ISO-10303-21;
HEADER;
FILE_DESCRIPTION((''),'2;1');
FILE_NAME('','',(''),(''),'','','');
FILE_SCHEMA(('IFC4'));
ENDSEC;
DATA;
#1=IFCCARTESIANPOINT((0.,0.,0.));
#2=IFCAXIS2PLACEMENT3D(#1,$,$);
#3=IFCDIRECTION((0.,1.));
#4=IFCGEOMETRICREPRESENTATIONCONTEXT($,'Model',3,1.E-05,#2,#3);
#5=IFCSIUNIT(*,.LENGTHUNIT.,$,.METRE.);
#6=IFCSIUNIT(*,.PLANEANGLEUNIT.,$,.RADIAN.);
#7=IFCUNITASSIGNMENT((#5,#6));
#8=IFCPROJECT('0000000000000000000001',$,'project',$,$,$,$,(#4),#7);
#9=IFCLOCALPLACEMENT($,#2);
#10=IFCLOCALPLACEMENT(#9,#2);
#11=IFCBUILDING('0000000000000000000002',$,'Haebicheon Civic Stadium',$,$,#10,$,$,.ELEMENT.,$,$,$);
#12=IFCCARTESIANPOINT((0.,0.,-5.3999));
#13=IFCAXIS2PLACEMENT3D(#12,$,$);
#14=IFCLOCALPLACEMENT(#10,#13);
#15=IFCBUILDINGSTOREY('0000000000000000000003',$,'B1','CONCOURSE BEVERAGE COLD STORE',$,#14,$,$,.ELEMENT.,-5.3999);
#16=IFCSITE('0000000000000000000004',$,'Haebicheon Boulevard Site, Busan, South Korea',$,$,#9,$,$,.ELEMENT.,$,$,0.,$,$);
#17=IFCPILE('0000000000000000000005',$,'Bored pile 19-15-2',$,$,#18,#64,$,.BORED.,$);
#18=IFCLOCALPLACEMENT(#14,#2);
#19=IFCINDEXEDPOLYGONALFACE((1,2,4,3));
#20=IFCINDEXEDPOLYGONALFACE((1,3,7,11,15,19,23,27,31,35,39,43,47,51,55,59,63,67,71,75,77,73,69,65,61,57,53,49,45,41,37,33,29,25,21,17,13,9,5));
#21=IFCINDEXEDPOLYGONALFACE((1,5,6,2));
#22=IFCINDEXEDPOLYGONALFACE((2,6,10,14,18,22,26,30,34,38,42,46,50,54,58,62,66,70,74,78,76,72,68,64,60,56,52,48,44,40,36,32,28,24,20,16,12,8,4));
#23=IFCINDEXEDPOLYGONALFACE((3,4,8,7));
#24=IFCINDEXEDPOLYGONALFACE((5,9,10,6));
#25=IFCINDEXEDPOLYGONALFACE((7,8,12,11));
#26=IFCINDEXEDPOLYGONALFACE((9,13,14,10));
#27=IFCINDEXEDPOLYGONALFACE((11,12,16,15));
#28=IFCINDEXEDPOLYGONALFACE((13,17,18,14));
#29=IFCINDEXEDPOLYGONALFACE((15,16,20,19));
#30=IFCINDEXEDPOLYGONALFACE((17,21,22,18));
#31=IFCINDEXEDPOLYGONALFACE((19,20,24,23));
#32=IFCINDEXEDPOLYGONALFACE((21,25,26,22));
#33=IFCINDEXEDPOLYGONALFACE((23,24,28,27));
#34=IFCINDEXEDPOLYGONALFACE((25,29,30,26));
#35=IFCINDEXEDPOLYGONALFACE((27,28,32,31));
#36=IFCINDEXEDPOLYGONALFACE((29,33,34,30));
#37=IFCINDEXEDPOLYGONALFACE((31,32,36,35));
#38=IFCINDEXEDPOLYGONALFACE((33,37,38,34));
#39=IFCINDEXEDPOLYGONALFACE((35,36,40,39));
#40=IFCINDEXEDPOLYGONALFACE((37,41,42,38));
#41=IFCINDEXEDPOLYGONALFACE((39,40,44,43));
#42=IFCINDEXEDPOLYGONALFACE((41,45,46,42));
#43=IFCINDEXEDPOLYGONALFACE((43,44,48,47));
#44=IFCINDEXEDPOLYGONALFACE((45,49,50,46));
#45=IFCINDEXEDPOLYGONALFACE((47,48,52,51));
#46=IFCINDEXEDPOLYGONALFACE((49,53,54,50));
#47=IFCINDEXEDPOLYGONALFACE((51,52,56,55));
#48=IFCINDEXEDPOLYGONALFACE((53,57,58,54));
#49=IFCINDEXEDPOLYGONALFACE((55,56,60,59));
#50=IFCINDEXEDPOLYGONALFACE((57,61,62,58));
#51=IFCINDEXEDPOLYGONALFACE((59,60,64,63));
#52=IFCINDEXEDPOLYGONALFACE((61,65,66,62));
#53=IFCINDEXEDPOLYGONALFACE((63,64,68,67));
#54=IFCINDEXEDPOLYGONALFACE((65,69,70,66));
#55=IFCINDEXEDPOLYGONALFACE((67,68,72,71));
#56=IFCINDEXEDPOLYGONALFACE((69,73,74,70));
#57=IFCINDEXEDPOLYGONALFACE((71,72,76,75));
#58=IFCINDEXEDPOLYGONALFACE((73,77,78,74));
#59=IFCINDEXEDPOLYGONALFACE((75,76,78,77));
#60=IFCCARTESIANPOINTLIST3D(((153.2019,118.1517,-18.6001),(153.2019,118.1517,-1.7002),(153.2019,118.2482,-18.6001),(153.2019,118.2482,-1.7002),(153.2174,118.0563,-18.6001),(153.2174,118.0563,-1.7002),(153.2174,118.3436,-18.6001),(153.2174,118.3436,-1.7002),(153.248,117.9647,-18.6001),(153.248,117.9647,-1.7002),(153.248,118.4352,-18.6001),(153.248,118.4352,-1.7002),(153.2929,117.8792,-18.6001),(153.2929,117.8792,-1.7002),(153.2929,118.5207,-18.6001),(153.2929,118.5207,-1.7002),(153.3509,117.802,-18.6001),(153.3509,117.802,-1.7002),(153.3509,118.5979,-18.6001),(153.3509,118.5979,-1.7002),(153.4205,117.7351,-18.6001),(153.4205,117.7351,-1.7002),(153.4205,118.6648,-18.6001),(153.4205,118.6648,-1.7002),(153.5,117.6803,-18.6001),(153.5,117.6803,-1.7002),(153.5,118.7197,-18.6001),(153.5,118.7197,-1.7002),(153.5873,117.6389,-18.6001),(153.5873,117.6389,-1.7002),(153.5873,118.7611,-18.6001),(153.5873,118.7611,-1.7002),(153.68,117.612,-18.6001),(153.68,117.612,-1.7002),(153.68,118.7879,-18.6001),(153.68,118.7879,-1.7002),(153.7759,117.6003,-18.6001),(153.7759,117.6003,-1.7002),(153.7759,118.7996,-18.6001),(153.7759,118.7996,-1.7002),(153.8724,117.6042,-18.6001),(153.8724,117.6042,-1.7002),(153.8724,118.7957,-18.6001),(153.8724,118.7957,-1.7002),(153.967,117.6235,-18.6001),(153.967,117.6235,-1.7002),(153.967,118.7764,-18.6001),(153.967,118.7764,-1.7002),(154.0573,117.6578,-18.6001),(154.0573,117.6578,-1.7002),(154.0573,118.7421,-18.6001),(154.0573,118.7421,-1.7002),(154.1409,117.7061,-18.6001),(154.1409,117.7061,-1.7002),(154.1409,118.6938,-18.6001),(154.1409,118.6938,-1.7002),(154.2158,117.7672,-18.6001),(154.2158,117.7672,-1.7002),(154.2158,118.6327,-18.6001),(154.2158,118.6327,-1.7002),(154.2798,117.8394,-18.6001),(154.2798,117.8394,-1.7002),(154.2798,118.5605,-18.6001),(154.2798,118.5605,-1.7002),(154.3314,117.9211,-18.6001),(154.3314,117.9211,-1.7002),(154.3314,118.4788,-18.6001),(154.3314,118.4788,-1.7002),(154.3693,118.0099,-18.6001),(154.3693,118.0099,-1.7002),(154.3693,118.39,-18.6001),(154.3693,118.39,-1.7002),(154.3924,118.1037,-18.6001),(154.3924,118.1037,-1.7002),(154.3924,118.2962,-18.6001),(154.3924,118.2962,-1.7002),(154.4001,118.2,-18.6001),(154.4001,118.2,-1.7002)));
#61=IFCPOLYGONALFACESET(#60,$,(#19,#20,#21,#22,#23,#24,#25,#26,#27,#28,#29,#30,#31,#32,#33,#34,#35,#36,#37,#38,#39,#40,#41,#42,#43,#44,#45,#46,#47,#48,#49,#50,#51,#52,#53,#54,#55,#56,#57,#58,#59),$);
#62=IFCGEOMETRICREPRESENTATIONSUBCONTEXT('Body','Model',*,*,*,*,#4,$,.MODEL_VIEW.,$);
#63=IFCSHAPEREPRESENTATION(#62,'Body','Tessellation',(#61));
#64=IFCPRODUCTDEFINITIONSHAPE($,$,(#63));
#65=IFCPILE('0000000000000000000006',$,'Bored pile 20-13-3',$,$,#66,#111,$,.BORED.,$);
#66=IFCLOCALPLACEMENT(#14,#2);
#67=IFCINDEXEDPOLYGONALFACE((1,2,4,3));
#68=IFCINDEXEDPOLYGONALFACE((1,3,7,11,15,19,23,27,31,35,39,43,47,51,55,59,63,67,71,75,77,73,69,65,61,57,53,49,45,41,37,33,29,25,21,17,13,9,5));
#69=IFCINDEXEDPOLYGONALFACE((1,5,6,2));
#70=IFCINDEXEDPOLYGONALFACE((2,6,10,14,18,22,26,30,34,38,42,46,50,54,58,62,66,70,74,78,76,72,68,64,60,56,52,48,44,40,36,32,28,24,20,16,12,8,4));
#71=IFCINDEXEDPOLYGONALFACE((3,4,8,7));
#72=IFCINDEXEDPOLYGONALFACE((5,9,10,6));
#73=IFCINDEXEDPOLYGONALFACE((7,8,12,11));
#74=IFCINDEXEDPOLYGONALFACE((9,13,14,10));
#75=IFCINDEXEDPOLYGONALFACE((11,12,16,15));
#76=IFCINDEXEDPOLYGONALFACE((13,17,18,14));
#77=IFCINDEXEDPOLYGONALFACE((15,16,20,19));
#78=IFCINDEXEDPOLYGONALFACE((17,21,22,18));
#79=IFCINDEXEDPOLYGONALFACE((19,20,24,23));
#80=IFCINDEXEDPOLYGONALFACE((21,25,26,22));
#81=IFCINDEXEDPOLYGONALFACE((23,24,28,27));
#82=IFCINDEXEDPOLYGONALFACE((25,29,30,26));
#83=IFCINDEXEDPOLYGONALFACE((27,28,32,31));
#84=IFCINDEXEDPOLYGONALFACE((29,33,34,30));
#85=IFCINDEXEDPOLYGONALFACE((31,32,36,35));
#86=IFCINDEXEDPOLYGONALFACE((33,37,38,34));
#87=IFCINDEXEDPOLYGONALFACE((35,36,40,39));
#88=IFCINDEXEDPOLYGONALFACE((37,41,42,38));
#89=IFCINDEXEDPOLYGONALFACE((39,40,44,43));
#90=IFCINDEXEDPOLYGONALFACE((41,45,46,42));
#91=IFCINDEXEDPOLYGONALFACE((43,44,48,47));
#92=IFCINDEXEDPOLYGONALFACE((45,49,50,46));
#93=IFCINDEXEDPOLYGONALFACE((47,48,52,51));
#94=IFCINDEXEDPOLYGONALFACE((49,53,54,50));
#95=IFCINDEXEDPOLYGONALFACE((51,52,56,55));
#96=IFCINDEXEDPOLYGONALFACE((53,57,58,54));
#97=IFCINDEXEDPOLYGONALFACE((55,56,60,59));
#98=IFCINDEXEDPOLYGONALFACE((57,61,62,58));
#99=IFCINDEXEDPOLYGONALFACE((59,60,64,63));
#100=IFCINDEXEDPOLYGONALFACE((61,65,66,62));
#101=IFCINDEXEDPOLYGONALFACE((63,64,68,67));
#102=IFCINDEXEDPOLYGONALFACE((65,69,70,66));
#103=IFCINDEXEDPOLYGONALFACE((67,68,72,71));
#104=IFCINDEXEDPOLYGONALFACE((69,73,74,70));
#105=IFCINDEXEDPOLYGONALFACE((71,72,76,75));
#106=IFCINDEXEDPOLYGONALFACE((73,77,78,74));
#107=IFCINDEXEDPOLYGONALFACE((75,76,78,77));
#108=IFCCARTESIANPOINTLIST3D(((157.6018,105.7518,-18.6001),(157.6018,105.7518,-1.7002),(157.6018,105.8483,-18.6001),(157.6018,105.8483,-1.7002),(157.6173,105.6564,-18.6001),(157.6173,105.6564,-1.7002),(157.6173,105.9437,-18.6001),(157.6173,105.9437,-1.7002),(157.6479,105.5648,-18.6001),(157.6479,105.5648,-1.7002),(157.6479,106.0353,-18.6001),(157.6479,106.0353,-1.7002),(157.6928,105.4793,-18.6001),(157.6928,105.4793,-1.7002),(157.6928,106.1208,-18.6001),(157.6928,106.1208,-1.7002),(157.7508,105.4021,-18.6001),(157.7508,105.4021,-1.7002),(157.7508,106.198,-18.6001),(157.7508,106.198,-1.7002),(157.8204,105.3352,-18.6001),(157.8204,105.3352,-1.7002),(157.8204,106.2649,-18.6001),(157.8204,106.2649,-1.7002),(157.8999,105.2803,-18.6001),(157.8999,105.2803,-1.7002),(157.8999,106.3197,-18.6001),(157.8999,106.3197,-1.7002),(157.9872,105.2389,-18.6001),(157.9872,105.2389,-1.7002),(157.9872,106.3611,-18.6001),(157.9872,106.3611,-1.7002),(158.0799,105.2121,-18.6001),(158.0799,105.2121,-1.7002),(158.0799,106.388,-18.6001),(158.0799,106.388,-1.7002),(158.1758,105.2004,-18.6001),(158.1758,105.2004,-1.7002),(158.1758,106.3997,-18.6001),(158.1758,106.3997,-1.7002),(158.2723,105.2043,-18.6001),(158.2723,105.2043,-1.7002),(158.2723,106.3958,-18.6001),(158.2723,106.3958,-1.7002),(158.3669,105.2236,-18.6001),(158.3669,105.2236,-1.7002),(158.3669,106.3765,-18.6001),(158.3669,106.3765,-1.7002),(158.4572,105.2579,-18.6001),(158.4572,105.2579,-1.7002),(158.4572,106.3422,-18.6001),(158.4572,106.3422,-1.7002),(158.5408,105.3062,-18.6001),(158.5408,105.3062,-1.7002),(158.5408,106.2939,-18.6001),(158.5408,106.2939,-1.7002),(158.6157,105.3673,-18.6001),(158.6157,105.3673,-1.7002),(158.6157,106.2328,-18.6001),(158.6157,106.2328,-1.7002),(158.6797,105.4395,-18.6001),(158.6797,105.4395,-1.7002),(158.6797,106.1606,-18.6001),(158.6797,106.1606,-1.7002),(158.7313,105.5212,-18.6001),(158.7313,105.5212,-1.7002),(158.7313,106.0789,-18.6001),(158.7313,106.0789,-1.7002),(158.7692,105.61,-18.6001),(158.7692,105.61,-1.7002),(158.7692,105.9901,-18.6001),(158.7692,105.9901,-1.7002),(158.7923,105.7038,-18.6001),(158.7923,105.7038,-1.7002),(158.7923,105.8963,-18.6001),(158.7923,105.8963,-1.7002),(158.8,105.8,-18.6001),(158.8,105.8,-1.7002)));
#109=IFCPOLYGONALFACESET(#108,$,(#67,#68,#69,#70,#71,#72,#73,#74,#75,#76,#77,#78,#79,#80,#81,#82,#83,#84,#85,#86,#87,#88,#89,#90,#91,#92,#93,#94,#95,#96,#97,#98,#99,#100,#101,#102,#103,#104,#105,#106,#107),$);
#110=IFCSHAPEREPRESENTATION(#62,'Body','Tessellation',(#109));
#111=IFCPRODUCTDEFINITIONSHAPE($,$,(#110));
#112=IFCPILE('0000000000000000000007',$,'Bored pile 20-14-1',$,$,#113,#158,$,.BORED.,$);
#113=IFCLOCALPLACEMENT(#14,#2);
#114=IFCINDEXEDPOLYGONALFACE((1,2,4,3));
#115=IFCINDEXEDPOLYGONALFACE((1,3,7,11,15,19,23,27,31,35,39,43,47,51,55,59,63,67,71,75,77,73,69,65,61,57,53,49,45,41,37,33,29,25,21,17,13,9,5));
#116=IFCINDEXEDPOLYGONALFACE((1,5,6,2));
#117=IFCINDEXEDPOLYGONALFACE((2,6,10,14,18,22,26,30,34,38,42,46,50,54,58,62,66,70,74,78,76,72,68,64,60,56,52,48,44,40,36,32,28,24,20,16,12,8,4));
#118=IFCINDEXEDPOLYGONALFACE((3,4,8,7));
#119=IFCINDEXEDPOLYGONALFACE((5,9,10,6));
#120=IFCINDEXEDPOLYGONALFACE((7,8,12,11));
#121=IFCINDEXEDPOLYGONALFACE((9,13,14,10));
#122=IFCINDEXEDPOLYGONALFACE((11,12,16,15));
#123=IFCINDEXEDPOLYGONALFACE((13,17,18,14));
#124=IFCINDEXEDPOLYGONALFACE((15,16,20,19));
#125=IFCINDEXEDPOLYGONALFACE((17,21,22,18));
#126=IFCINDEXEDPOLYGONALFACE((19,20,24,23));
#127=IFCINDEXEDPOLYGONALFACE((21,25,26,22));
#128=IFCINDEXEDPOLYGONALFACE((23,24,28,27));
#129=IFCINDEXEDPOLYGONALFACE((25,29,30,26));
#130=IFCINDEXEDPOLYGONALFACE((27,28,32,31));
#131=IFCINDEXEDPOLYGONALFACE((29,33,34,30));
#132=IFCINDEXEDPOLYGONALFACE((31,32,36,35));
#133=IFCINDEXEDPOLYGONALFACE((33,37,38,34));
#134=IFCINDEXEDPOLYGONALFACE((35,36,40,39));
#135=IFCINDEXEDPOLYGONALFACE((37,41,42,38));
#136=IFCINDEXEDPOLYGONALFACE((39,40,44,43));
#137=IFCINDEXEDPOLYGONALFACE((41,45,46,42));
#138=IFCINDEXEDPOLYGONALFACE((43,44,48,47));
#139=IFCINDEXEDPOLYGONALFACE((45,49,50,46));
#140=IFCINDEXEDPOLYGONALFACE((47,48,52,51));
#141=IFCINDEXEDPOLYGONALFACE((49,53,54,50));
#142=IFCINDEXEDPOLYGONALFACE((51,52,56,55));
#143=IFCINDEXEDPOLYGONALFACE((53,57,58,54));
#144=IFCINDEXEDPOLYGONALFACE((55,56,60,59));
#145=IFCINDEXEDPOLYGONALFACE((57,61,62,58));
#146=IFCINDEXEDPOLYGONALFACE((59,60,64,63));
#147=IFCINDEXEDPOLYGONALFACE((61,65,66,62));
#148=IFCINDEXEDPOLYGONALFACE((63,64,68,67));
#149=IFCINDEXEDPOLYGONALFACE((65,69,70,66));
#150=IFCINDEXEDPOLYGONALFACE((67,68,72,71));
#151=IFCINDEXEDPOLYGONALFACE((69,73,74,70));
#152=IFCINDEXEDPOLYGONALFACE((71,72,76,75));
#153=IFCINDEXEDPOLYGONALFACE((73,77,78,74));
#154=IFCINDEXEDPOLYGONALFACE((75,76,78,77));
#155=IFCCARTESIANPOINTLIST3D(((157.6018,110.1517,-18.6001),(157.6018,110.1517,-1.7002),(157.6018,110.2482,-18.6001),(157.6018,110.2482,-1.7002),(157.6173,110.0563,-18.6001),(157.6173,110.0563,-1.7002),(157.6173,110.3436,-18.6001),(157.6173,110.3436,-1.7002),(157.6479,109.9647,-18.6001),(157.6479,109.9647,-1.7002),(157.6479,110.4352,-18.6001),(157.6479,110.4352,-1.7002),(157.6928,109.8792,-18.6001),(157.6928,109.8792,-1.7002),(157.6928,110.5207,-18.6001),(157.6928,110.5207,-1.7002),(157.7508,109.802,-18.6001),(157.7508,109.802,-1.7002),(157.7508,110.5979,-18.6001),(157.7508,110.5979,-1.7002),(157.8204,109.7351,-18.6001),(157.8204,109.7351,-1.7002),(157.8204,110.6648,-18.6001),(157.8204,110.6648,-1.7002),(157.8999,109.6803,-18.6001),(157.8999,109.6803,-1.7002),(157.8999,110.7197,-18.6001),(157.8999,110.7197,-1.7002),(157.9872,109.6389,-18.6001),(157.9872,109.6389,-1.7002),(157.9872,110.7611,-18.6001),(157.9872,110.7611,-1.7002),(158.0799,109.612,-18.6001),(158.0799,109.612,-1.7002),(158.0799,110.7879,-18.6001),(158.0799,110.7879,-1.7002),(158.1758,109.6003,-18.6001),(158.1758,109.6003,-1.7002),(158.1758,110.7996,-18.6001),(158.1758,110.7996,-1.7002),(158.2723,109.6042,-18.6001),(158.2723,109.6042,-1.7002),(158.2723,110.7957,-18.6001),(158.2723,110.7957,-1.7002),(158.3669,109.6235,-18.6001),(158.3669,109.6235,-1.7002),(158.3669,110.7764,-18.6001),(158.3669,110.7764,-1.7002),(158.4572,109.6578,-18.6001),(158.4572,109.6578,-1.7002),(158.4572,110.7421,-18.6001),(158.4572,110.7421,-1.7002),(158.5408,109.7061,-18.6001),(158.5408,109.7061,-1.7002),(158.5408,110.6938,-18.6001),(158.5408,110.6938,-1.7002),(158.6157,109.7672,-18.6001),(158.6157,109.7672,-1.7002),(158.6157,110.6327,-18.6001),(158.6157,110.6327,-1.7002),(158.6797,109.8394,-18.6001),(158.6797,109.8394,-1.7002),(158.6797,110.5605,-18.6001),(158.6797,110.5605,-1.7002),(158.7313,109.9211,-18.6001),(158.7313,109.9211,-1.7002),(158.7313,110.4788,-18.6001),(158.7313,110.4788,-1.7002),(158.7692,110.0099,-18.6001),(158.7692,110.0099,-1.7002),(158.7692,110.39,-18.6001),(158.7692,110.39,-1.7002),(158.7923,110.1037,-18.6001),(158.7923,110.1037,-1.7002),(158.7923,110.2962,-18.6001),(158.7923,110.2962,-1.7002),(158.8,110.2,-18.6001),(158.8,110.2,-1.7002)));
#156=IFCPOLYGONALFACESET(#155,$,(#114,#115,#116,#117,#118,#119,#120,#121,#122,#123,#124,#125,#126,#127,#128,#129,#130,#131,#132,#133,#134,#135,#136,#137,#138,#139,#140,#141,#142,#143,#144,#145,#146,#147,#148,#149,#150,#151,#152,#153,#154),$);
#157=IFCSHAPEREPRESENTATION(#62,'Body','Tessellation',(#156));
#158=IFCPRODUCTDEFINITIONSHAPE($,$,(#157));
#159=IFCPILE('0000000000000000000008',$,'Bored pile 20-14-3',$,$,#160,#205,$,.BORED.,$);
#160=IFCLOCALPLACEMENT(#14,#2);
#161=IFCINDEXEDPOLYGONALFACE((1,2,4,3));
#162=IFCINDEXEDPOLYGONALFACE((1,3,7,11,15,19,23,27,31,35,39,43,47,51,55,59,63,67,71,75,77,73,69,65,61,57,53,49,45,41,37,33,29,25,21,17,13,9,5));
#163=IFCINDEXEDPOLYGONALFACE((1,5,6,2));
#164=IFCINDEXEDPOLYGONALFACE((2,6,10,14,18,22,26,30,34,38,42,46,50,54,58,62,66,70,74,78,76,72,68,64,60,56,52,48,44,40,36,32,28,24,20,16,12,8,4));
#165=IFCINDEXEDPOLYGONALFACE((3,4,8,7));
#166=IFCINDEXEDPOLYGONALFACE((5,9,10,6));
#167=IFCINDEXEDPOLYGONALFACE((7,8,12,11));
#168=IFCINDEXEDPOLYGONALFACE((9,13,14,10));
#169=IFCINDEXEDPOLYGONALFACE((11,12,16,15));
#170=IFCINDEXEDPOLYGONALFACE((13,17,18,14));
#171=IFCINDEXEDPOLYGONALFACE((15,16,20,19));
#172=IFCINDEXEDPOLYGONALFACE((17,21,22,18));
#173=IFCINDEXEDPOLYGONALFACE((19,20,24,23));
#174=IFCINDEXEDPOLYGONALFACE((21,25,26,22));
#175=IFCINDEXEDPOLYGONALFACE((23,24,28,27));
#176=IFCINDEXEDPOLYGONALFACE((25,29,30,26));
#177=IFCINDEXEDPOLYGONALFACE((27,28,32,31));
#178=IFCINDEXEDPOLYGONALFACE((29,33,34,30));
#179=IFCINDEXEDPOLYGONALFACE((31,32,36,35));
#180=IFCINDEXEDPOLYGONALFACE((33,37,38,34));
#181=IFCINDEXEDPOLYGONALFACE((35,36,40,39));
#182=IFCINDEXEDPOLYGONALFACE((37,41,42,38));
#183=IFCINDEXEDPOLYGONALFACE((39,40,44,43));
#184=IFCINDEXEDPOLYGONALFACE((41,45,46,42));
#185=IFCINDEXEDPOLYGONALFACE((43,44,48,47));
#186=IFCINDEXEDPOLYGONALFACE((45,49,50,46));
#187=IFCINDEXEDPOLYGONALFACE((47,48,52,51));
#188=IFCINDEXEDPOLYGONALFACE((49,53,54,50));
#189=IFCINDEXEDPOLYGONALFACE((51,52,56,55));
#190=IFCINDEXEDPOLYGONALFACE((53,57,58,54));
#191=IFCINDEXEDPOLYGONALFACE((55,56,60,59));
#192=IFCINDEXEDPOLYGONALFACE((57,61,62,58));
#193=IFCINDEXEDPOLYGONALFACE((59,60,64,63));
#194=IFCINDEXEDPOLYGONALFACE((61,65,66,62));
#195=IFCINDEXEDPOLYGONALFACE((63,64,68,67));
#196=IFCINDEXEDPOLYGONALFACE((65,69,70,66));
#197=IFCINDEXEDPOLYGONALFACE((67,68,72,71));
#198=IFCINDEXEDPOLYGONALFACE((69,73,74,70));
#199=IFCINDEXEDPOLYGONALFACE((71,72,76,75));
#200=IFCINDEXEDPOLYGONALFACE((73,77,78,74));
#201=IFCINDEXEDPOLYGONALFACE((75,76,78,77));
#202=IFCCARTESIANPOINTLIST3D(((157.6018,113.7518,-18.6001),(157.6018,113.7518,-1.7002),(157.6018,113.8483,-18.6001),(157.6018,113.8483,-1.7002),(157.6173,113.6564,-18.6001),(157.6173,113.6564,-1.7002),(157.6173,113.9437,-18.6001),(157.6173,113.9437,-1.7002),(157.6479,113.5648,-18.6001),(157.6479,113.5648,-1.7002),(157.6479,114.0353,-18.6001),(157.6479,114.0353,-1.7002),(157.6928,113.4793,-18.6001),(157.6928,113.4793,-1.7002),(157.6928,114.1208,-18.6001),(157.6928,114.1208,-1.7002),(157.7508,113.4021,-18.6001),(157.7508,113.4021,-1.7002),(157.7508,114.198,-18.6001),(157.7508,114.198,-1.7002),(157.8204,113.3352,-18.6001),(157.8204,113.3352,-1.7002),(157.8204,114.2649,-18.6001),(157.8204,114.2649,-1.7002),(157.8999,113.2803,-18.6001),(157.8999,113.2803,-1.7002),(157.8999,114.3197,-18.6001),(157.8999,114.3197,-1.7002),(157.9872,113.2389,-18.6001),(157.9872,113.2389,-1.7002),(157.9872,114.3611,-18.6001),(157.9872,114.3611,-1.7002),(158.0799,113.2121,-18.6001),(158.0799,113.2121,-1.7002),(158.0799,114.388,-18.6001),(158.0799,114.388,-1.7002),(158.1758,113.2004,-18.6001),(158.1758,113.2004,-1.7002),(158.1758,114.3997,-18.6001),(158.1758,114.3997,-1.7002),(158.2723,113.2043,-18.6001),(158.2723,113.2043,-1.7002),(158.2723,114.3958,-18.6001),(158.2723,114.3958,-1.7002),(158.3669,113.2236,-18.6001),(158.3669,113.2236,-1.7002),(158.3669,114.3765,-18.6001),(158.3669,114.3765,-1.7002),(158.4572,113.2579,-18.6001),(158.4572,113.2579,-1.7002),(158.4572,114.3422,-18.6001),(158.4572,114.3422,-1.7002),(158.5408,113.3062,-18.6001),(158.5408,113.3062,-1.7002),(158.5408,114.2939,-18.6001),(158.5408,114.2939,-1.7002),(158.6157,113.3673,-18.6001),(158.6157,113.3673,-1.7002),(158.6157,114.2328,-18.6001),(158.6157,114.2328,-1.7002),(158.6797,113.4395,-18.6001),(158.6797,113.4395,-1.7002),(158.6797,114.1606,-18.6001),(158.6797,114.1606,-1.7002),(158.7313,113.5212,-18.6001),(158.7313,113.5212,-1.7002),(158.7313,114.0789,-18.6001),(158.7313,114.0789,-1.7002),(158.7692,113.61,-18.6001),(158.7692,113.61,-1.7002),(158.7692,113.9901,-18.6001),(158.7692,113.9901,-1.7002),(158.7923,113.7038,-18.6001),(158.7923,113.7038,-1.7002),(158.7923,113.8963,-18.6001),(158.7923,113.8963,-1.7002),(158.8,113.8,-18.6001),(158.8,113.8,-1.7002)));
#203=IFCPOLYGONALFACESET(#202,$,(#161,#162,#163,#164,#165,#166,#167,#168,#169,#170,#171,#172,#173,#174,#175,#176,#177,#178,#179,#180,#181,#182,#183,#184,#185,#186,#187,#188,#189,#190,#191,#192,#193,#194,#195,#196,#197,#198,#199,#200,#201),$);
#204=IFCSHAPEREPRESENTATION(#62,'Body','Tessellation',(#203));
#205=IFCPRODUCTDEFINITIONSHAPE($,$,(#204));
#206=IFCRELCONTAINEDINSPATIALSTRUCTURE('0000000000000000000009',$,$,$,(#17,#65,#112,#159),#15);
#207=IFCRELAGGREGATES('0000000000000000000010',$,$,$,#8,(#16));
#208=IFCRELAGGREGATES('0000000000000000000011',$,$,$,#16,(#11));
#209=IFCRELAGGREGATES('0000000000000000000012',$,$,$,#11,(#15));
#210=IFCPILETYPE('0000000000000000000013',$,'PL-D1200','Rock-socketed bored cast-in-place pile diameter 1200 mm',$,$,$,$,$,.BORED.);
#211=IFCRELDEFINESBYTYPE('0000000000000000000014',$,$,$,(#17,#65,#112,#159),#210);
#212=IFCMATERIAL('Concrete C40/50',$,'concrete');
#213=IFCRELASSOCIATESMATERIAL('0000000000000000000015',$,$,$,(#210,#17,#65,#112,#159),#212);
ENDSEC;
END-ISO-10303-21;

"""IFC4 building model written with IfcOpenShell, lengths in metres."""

from ifc_helpers import new_model, si_unit, direction, frame, origin, origin_2d, place, context, subcontext, project, spatial, circle, extrude, material, material_profile, profile_set, type_object, element, save


model = new_model("IFC4")

# Units and contexts
model_context = context("Model", 3, precision=1e-05, world=origin(), true_north=direction((0.0, 1.0)))
body_context = subcontext(model_context, "Body", "Model", "MODEL_VIEW")
ifc_project = project(units=[si_unit("LENGTHUNIT", "METRE"), si_unit("PLANEANGLEUNIT", "RADIAN")], contexts=[model_context])

# Site, building, storey
site_placement = place(None, origin())
site = spatial("IfcSite", under=ifc_project, at=site_placement, Name="Haebicheon Boulevard Site, Busan, South Korea", CompositionType="ELEMENT", RefElevation=0.0)
building_placement = place(site_placement, origin())
building = spatial("IfcBuilding", under=site, at=building_placement, Name="Haebicheon Civic Stadium", CompositionType="ELEMENT")
storey_placement = place(building_placement, frame((0.0, 0.0, -5.3999)))
storey = spatial("IfcBuildingStorey", under=building, at=storey_placement, Name="B1", Description="CONCOURSE BEVERAGE COLD STORE", CompositionType="ELEMENT", Elevation=-5.3999)

# Piles
ifc_material_1 = material(Name="Concrete C40/50", Category="concrete")
ifc_material_profile_1 = material_profile(ifc_material_1, circle(Radius=0.6001, at=origin_2d()), Name="PILE-D1200")
ifc_profile_set_1 = profile_set([ifc_material_profile_1], Name="Concrete C40/50")
pile_type = type_object("IfcPileType", Name="PL-D1200", Description="Rock-socketed bored cast-in-place pile diameter 1200 mm", PredefinedType="BORED", material=ifc_profile_set_1)
for number, where, z_axis, x_axis, name in (
    (1, (153.8, 118.2, -1.7002), (0.0, 0.0, -1.0), (1.0, 0.0, 0.0), "Bored pile 19-15-2"),
    (2, (158.2, 105.8, -1.7002), (0.0, 0.0, -1.0), (1.0, 0.0, 0.0), "Bored pile 20-13-3"),
    (3, (158.2, 110.2, -1.7002), (0.0, 0.0, -1.0), (1.0, 0.0, 0.0), "Bored pile 20-14-1"),
    (4, (158.2, 113.8, -1.7002), (0.0, 0.0, -1.0), (1.0, 0.0, 0.0), "Bored pile 20-14-3"),
):
    element("IfcPile", number, at=place(storey_placement, frame(where, z_axis=z_axis, x_axis=x_axis)), inside=storey, type_object=pile_type, material=ifc_profile_set_1, Name=name, PredefinedType="BORED", context=body_context, shape_type="SweptSolid", body=[
        extrude(circle(Radius=0.6001, at=origin_2d()), origin(), (0.0, 0.0, 1.0), 16.8999),
    ])

save(model, "model.ifc")
